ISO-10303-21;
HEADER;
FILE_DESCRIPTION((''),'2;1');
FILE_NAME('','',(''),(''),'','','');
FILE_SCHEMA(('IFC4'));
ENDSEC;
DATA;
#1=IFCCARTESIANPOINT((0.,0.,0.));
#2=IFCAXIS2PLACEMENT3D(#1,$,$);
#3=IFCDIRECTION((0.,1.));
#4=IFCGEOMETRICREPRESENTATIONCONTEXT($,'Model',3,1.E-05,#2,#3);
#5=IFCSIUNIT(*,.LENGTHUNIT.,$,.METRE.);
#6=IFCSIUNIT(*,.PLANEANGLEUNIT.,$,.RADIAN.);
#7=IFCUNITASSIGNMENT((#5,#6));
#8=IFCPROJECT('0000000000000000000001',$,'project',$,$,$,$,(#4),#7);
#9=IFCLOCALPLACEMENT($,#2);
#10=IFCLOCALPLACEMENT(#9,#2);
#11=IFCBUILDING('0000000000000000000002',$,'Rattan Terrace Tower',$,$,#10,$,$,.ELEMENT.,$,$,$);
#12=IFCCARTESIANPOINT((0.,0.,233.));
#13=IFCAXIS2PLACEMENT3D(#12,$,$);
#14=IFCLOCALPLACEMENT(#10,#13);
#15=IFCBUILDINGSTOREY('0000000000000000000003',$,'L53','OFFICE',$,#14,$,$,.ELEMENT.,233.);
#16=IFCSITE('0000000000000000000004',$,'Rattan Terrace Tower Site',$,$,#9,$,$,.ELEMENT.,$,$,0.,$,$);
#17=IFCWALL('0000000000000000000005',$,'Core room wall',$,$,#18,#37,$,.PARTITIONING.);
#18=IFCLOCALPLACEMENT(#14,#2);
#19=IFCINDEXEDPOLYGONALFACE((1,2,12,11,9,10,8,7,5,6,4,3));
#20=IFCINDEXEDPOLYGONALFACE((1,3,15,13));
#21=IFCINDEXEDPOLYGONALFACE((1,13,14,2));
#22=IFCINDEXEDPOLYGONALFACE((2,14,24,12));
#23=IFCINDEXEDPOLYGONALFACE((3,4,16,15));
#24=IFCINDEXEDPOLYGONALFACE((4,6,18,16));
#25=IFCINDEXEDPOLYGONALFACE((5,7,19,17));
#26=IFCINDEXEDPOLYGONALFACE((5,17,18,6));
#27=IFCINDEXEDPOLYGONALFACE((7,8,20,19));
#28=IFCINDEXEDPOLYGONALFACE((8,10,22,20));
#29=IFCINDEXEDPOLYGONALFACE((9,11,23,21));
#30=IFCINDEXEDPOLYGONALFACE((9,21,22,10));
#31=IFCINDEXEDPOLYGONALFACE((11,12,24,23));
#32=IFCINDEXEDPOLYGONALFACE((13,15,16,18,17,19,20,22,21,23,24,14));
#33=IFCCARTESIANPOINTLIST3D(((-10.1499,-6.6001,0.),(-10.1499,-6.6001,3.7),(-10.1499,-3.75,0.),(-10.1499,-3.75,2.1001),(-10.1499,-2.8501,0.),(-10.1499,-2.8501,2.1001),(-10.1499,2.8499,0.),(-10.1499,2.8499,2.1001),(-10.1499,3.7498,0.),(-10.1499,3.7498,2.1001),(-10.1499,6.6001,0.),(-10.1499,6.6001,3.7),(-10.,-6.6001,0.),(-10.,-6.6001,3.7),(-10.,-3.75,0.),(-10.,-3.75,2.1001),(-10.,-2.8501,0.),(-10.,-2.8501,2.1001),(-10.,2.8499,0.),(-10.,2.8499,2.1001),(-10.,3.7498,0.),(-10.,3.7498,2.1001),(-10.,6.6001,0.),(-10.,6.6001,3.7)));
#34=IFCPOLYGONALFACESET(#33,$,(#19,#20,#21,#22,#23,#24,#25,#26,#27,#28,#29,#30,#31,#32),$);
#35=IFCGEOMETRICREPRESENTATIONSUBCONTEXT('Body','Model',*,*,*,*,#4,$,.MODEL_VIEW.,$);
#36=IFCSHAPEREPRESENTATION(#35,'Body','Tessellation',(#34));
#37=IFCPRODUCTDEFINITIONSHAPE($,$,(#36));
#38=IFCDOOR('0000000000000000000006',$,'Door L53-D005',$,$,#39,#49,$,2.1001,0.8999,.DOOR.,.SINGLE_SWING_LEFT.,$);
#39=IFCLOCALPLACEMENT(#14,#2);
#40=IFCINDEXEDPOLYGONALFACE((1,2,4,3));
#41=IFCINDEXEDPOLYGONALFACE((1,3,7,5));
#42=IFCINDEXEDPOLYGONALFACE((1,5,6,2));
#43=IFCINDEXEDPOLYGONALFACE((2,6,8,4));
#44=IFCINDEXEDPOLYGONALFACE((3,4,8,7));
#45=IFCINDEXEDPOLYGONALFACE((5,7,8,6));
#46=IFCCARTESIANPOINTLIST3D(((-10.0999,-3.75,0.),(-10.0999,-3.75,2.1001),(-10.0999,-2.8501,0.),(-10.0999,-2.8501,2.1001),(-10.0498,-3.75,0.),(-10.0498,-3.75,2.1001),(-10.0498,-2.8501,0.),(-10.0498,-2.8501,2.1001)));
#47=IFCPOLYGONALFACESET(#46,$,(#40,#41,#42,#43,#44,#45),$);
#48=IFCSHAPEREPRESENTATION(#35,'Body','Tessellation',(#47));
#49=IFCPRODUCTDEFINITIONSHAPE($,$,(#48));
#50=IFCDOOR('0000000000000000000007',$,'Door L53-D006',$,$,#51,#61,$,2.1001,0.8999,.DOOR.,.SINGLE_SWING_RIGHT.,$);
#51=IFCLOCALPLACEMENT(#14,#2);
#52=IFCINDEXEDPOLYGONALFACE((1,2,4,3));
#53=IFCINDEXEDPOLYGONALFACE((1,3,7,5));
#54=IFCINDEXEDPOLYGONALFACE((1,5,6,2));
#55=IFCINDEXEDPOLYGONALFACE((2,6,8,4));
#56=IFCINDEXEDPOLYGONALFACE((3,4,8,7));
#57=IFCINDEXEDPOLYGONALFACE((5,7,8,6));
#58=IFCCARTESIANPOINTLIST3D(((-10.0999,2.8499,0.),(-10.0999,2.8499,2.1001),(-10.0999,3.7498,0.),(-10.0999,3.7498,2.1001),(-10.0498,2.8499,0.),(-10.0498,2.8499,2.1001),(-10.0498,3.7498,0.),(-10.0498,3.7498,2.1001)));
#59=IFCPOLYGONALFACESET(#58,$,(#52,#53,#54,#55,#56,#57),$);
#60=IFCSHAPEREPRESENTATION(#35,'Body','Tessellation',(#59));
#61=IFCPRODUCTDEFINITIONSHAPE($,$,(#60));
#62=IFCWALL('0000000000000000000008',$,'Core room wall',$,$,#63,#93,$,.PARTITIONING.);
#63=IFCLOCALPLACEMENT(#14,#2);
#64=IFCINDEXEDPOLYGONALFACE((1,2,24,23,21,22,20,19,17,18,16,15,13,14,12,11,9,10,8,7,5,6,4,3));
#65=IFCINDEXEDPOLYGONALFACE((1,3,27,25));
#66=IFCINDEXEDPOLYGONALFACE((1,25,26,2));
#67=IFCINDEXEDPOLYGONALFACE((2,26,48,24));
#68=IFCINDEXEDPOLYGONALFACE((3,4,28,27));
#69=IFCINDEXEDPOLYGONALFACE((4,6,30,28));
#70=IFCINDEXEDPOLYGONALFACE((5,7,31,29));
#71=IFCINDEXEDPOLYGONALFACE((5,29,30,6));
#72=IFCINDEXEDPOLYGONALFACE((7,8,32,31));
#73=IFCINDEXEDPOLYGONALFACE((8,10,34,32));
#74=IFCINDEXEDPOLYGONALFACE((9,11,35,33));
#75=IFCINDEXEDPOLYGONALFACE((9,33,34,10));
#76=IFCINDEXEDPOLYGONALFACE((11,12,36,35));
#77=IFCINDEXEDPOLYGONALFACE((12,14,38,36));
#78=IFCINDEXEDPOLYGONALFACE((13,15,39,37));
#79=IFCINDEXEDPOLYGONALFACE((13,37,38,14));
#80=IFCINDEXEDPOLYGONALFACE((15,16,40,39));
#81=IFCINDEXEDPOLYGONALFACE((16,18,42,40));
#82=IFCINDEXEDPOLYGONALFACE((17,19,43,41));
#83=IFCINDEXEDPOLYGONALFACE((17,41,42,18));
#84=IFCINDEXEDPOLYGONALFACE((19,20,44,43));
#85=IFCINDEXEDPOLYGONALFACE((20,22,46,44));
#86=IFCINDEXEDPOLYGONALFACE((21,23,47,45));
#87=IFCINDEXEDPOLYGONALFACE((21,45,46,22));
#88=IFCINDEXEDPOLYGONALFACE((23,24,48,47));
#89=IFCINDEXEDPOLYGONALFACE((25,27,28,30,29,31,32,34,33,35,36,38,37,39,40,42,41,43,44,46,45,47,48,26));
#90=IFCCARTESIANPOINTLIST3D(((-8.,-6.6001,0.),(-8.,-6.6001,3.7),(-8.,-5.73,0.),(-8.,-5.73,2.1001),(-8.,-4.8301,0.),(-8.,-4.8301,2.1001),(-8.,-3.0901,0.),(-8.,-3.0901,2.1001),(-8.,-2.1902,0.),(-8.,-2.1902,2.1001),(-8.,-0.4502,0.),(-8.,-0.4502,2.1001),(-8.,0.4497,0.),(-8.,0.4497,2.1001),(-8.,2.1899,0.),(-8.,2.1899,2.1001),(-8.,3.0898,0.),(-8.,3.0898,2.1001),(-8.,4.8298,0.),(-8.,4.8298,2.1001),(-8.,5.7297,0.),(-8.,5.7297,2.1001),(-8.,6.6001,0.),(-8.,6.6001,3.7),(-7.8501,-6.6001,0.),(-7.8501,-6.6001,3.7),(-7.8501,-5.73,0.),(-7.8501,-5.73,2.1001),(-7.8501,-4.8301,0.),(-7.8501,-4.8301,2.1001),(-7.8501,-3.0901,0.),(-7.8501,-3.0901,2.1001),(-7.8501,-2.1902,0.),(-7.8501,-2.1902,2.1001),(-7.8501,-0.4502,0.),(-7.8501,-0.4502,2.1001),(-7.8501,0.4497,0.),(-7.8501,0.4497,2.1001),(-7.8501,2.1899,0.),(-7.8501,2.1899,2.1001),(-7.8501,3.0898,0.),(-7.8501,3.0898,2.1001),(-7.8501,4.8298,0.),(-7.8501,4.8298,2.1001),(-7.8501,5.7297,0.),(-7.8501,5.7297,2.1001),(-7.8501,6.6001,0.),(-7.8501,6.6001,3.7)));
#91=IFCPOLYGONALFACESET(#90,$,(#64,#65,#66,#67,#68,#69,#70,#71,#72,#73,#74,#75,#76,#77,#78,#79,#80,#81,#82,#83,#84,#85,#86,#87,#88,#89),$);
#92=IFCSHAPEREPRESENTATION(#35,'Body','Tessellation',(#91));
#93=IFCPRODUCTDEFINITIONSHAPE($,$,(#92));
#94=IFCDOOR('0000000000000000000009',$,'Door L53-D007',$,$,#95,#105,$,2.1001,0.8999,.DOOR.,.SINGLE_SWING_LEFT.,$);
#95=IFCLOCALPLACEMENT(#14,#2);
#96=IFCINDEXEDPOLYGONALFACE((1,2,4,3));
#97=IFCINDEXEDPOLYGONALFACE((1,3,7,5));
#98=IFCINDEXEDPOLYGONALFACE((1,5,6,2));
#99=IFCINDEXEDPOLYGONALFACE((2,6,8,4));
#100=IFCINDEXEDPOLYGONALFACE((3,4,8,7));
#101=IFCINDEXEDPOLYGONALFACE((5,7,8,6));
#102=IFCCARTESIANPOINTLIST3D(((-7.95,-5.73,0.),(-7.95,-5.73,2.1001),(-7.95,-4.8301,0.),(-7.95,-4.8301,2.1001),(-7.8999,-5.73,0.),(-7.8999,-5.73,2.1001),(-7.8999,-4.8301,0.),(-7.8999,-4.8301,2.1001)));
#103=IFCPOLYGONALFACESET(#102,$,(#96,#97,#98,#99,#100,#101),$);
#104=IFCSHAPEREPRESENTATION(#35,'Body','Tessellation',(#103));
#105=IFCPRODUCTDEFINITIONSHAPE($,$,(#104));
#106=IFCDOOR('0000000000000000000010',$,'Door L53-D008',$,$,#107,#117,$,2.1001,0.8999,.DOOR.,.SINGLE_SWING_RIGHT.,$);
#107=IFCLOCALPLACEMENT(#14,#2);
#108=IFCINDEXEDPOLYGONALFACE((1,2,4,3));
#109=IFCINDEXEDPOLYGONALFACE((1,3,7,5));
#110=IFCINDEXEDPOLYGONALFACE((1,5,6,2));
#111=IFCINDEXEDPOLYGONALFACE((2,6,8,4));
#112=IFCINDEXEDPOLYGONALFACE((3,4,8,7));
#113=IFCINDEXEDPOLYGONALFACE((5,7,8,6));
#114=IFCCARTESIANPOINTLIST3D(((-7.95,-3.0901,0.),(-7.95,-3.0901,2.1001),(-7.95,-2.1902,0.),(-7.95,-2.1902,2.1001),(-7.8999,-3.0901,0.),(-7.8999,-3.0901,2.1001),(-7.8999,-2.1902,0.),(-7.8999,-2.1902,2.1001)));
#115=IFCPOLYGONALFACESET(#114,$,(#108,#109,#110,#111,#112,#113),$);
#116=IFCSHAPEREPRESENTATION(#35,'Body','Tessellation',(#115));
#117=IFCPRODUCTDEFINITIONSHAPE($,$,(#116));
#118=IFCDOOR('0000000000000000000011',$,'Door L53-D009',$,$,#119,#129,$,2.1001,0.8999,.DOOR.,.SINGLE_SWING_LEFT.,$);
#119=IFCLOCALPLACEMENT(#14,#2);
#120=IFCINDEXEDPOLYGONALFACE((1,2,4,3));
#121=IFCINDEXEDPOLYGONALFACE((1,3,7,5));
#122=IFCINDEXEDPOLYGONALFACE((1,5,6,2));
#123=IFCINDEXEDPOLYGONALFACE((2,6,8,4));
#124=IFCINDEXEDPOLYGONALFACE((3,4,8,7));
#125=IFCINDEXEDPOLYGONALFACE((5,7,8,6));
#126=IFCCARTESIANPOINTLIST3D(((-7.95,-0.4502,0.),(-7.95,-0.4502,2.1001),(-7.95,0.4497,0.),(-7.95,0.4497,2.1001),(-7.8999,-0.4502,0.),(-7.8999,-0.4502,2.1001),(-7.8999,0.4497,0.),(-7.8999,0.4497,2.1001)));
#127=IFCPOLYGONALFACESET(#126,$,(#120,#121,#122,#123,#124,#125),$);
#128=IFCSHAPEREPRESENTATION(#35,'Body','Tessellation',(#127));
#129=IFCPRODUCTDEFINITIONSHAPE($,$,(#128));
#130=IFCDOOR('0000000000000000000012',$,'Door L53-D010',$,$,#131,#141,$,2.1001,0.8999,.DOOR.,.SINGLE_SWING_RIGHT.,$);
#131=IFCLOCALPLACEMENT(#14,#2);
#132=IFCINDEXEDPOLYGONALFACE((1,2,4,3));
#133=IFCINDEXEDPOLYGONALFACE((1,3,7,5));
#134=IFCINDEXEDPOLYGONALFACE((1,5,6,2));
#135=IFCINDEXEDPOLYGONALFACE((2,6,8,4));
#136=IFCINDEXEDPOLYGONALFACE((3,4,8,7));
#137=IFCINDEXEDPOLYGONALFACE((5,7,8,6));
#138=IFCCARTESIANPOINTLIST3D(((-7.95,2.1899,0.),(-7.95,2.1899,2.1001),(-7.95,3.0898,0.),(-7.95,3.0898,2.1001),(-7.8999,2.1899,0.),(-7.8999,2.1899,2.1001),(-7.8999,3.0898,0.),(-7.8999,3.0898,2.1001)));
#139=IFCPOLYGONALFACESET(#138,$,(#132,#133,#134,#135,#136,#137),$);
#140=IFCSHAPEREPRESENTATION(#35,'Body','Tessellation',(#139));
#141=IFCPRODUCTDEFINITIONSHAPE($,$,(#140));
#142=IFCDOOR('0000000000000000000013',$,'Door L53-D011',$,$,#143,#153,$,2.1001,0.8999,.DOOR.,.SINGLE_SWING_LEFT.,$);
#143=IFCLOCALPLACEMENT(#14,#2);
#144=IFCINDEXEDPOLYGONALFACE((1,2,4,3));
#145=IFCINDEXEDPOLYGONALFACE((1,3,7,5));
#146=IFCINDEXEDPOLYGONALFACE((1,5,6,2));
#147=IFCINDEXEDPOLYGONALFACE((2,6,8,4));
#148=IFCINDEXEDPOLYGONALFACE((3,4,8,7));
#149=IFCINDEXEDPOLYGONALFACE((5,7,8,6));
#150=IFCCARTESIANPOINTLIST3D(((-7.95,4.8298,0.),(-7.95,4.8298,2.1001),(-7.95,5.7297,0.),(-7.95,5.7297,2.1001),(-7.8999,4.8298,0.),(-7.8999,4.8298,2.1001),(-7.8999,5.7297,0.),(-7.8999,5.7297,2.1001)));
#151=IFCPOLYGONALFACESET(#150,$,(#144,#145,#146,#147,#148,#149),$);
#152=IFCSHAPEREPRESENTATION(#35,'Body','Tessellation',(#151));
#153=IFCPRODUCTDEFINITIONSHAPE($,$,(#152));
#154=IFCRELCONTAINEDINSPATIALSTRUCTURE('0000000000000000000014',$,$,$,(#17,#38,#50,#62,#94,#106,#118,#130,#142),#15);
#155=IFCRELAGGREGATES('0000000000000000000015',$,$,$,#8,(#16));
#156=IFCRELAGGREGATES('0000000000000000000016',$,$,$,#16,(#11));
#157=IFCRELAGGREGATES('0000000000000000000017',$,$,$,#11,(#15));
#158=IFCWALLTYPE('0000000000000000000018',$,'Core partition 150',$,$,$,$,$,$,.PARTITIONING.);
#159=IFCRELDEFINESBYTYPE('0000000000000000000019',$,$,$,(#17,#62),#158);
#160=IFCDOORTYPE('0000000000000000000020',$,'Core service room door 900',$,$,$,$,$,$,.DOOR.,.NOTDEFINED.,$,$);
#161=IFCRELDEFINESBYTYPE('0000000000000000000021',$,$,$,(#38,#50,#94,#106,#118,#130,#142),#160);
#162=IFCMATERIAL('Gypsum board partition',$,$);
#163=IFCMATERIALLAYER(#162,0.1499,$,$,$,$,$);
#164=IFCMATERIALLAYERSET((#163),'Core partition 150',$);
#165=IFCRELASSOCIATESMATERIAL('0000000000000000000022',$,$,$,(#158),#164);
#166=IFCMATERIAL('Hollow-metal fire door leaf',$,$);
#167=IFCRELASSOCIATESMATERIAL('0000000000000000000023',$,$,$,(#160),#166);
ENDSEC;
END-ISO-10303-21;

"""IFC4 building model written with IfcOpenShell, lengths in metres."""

from ifc_helpers import new_model, si_unit, direction, frame, frame_2d, origin, place, context, subcontext, project, spatial, rectangle, extrude, material, layer, layer_set, type_object, element, fill, save


model = new_model("IFC4")

# Units and contexts
model_context = context("Model", 3, precision=1e-05, world=origin(), true_north=direction((0.0, 1.0)))
body_context = subcontext(model_context, "Body", "Model", "MODEL_VIEW")
ifc_project = project(units=[si_unit("LENGTHUNIT", "METRE"), si_unit("PLANEANGLEUNIT", "RADIAN")], contexts=[model_context])

# Site, building, storey
site_placement = place(None, origin())
site = spatial("IfcSite", under=ifc_project, at=site_placement, Name="Rattan Terrace Tower Site", CompositionType="ELEMENT", RefElevation=0.0)
building_placement = place(site_placement, origin())
building = spatial("IfcBuilding", under=site, at=building_placement, Name="Rattan Terrace Tower", CompositionType="ELEMENT")
storey_placement = place(building_placement, frame((0.0, 0.0, 233.0)))
storey = spatial("IfcBuildingStorey", under=building, at=storey_placement, Name="L53", Description="OFFICE", CompositionType="ELEMENT", Elevation=233.0)

# Walls, openings, doors
ifc_material_1 = material(Name="Gypsum board partition")
ifc_layer_1 = layer(ifc_material_1, 0.1499)
ifc_layer_set_1 = layer_set([ifc_layer_1], Name="Core partition 150")
wall_type_1 = type_object("IfcWallType", Name="Core partition 150", PredefinedType="PARTITIONING", material=ifc_layer_set_1)
wall_1_placement = place(storey_placement, frame((-10.075, -6.6001, 0.0), z_axis=(0.0, 0.0, 1.0), x_axis=(0.0, 1.0, 0.0)))
wall_1 = element("IfcWall", 1, at=wall_1_placement, inside=storey, type_object=wall_type_1, Name="Core room wall", PredefinedType="PARTITIONING", context=body_context, shape_type="SweptSolid", body=[
    extrude(rectangle(XDim=13.2002, YDim=0.1499, at=frame_2d((6.6001, 0.0))), origin(), (0.0, 0.0, 1.0), 3.7),
])
opening_1_placement = place(wall_1_placement, frame((2.8501, 0.0, 0.0)))
opening_1 = element("IfcOpeningElement", 2, at=opening_1_placement, cuts=wall_1, PredefinedType="OPENING", context=body_context, shape_type="SweptSolid", body=[
    extrude(rectangle(XDim=0.8999, YDim=2.1001, at=frame_2d((0.45, 1.05))), frame((0.0, 0.0854, 0.0), z_axis=(0.0, -1.0, 0.0), x_axis=(1.0, 0.0, 0.0)), (0.0, 0.0, 1.0), 0.1709),
])
opening_2_placement = place(wall_1_placement, frame((9.45, 0.0, 0.0)))
opening_2 = element("IfcOpeningElement", 3, at=opening_2_placement, cuts=wall_1, PredefinedType="OPENING", context=body_context, shape_type="SweptSolid", body=[
    extrude(rectangle(XDim=0.8999, YDim=2.1001, at=frame_2d((0.45, 1.05))), frame((0.0, 0.0854, 0.0), z_axis=(0.0, -1.0, 0.0), x_axis=(1.0, 0.0, 0.0)), (0.0, 0.0, 1.0), 0.1709),
])
ifc_material_2 = material(Name="Hollow-metal fire door leaf")
door_type_1 = type_object("IfcDoorType", Name="Core service room door 900", OperationType="NOTDEFINED", PredefinedType="DOOR", material=ifc_material_2)
door_1_placement = place(opening_1_placement, origin())
door_1 = element("IfcDoor", 4, at=door_1_placement, inside=storey, type_object=door_type_1, Name="Door L53-D005", OperationType="SINGLE_SWING_LEFT", OverallHeight=2.1001, OverallWidth=0.8999, PredefinedType="DOOR", context=body_context, shape_type="SweptSolid", body=[
    extrude(rectangle(XDim=0.8999, YDim=2.1001, at=frame_2d((0.45, 1.05))), frame((0.0, 0.0249, 0.0), z_axis=(0.0, -1.0, 0.0), x_axis=(1.0, 0.0, 0.0)), (0.0, 0.0, 1.0), 0.05),
])
fill(opening_1, door_1)
door_2_placement = place(opening_2_placement, origin())
door_2 = element("IfcDoor", 5, at=door_2_placement, inside=storey, type_object=door_type_1, Name="Door L53-D006", OperationType="SINGLE_SWING_RIGHT", OverallHeight=2.1001, OverallWidth=0.8999, PredefinedType="DOOR", context=body_context, shape_type="SweptSolid", body=[
    extrude(rectangle(XDim=0.8999, YDim=2.1001, at=frame_2d((0.45, 1.05))), frame((0.0, 0.0249, 0.0), z_axis=(0.0, -1.0, 0.0), x_axis=(1.0, 0.0, 0.0)), (0.0, 0.0, 1.0), 0.05),
])
fill(opening_2, door_2)
wall_2_placement = place(storey_placement, frame((-7.925, -6.6001, 0.0), z_axis=(0.0, 0.0, 1.0), x_axis=(0.0, 1.0, 0.0)))
wall_2 = element("IfcWall", 6, at=wall_2_placement, inside=storey, type_object=wall_type_1, Name="Core room wall", PredefinedType="PARTITIONING", context=body_context, shape_type="SweptSolid", body=[
    extrude(rectangle(XDim=13.2002, YDim=0.1499, at=frame_2d((6.6001, 0.0))), origin(), (0.0, 0.0, 1.0), 3.7),
])
opening_3_placement = place(wall_2_placement, frame((0.8701, 0.0, 0.0)))
opening_3 = element("IfcOpeningElement", 7, at=opening_3_placement, cuts=wall_2, PredefinedType="OPENING", context=body_context, shape_type="SweptSolid", body=[
    extrude(rectangle(XDim=0.8999, YDim=2.1001, at=frame_2d((0.45, 1.05))), frame((0.0, 0.0854, 0.0), z_axis=(0.0, -1.0, 0.0), x_axis=(1.0, 0.0, 0.0)), (0.0, 0.0, 1.0), 0.1709),
])
opening_4_placement = place(wall_2_placement, frame((3.51, 0.0, 0.0)))
opening_4 = element("IfcOpeningElement", 8, at=opening_4_placement, cuts=wall_2, PredefinedType="OPENING", context=body_context, shape_type="SweptSolid", body=[
    extrude(rectangle(XDim=0.8999, YDim=2.1001, at=frame_2d((0.45, 1.05))), frame((0.0, 0.0854, 0.0), z_axis=(0.0, -1.0, 0.0), x_axis=(1.0, 0.0, 0.0)), (0.0, 0.0, 1.0), 0.1709),
])
opening_5_placement = place(wall_2_placement, frame((6.1499, 0.0, 0.0)))
opening_5 = element("IfcOpeningElement", 9, at=opening_5_placement, cuts=wall_2, PredefinedType="OPENING", context=body_context, shape_type="SweptSolid", body=[
    extrude(rectangle(XDim=0.8999, YDim=2.1001, at=frame_2d((0.45, 1.05))), frame((0.0, 0.0854, 0.0), z_axis=(0.0, -1.0, 0.0), x_axis=(1.0, 0.0, 0.0)), (0.0, 0.0, 1.0), 0.1709),
])
opening_6_placement = place(wall_2_placement, frame((8.79, 0.0, 0.0)))
opening_6 = element("IfcOpeningElement", 10, at=opening_6_placement, cuts=wall_2, PredefinedType="OPENING", context=body_context, shape_type="SweptSolid", body=[
    extrude(rectangle(XDim=0.8999, YDim=2.1001, at=frame_2d((0.45, 1.05))), frame((0.0, 0.0854, 0.0), z_axis=(0.0, -1.0, 0.0), x_axis=(1.0, 0.0, 0.0)), (0.0, 0.0, 1.0), 0.1709),
])
opening_7_placement = place(wall_2_placement, frame((11.4299, 0.0, 0.0)))
opening_7 = element("IfcOpeningElement", 11, at=opening_7_placement, cuts=wall_2, PredefinedType="OPENING", context=body_context, shape_type="SweptSolid", body=[
    extrude(rectangle(XDim=0.8999, YDim=2.1001, at=frame_2d((0.45, 1.05))), frame((0.0, 0.0854, 0.0), z_axis=(0.0, -1.0, 0.0), x_axis=(1.0, 0.0, 0.0)), (0.0, 0.0, 1.0), 0.1709),
])
door_3_placement = place(opening_3_placement, origin())
door_3 = element("IfcDoor", 12, at=door_3_placement, inside=storey, type_object=door_type_1, Name="Door L53-D007", OperationType="SINGLE_SWING_LEFT", OverallHeight=2.1001, OverallWidth=0.8999, PredefinedType="DOOR", context=body_context, shape_type="SweptSolid", body=[
    extrude(rectangle(XDim=0.8999, YDim=2.1001, at=frame_2d((0.45, 1.05))), frame((0.0, 0.0249, 0.0), z_axis=(0.0, -1.0, 0.0), x_axis=(1.0, 0.0, 0.0)), (0.0, 0.0, 1.0), 0.05),
])
fill(opening_3, door_3)
door_4_placement = place(opening_4_placement, origin())
door_4 = element("IfcDoor", 13, at=door_4_placement, inside=storey, type_object=door_type_1, Name="Door L53-D008", OperationType="SINGLE_SWING_RIGHT", OverallHeight=2.1001, OverallWidth=0.8999, PredefinedType="DOOR", context=body_context, shape_type="SweptSolid", body=[
    extrude(rectangle(XDim=0.8999, YDim=2.1001, at=frame_2d((0.45, 1.05))), frame((0.0, 0.0249, 0.0), z_axis=(0.0, -1.0, 0.0), x_axis=(1.0, 0.0, 0.0)), (0.0, 0.0, 1.0), 0.05),
])
fill(opening_4, door_4)
door_5_placement = place(opening_5_placement, origin())
door_5 = element("IfcDoor", 14, at=door_5_placement, inside=storey, type_object=door_type_1, Name="Door L53-D009", OperationType="SINGLE_SWING_LEFT", OverallHeight=2.1001, OverallWidth=0.8999, PredefinedType="DOOR", context=body_context, shape_type="SweptSolid", body=[
    extrude(rectangle(XDim=0.8999, YDim=2.1001, at=frame_2d((0.45, 1.05))), frame((0.0, 0.0249, 0.0), z_axis=(0.0, -1.0, 0.0), x_axis=(1.0, 0.0, 0.0)), (0.0, 0.0, 1.0), 0.05),
])
fill(opening_5, door_5)
door_6_placement = place(opening_6_placement, origin())
door_6 = element("IfcDoor", 15, at=door_6_placement, inside=storey, type_object=door_type_1, Name="Door L53-D010", OperationType="SINGLE_SWING_RIGHT", OverallHeight=2.1001, OverallWidth=0.8999, PredefinedType="DOOR", context=body_context, shape_type="SweptSolid", body=[
    extrude(rectangle(XDim=0.8999, YDim=2.1001, at=frame_2d((0.45, 1.05))), frame((0.0, 0.0249, 0.0), z_axis=(0.0, -1.0, 0.0), x_axis=(1.0, 0.0, 0.0)), (0.0, 0.0, 1.0), 0.05),
])
fill(opening_6, door_6)
door_7_placement = place(opening_7_placement, origin())
door_7 = element("IfcDoor", 16, at=door_7_placement, inside=storey, type_object=door_type_1, Name="Door L53-D011", OperationType="SINGLE_SWING_LEFT", OverallHeight=2.1001, OverallWidth=0.8999, PredefinedType="DOOR", context=body_context, shape_type="SweptSolid", body=[
    extrude(rectangle(XDim=0.8999, YDim=2.1001, at=frame_2d((0.45, 1.05))), frame((0.0, 0.0249, 0.0), z_axis=(0.0, -1.0, 0.0), x_axis=(1.0, 0.0, 0.0)), (0.0, 0.0, 1.0), 0.05),
])
fill(opening_7, door_7)

save(model, "model.ifc")
